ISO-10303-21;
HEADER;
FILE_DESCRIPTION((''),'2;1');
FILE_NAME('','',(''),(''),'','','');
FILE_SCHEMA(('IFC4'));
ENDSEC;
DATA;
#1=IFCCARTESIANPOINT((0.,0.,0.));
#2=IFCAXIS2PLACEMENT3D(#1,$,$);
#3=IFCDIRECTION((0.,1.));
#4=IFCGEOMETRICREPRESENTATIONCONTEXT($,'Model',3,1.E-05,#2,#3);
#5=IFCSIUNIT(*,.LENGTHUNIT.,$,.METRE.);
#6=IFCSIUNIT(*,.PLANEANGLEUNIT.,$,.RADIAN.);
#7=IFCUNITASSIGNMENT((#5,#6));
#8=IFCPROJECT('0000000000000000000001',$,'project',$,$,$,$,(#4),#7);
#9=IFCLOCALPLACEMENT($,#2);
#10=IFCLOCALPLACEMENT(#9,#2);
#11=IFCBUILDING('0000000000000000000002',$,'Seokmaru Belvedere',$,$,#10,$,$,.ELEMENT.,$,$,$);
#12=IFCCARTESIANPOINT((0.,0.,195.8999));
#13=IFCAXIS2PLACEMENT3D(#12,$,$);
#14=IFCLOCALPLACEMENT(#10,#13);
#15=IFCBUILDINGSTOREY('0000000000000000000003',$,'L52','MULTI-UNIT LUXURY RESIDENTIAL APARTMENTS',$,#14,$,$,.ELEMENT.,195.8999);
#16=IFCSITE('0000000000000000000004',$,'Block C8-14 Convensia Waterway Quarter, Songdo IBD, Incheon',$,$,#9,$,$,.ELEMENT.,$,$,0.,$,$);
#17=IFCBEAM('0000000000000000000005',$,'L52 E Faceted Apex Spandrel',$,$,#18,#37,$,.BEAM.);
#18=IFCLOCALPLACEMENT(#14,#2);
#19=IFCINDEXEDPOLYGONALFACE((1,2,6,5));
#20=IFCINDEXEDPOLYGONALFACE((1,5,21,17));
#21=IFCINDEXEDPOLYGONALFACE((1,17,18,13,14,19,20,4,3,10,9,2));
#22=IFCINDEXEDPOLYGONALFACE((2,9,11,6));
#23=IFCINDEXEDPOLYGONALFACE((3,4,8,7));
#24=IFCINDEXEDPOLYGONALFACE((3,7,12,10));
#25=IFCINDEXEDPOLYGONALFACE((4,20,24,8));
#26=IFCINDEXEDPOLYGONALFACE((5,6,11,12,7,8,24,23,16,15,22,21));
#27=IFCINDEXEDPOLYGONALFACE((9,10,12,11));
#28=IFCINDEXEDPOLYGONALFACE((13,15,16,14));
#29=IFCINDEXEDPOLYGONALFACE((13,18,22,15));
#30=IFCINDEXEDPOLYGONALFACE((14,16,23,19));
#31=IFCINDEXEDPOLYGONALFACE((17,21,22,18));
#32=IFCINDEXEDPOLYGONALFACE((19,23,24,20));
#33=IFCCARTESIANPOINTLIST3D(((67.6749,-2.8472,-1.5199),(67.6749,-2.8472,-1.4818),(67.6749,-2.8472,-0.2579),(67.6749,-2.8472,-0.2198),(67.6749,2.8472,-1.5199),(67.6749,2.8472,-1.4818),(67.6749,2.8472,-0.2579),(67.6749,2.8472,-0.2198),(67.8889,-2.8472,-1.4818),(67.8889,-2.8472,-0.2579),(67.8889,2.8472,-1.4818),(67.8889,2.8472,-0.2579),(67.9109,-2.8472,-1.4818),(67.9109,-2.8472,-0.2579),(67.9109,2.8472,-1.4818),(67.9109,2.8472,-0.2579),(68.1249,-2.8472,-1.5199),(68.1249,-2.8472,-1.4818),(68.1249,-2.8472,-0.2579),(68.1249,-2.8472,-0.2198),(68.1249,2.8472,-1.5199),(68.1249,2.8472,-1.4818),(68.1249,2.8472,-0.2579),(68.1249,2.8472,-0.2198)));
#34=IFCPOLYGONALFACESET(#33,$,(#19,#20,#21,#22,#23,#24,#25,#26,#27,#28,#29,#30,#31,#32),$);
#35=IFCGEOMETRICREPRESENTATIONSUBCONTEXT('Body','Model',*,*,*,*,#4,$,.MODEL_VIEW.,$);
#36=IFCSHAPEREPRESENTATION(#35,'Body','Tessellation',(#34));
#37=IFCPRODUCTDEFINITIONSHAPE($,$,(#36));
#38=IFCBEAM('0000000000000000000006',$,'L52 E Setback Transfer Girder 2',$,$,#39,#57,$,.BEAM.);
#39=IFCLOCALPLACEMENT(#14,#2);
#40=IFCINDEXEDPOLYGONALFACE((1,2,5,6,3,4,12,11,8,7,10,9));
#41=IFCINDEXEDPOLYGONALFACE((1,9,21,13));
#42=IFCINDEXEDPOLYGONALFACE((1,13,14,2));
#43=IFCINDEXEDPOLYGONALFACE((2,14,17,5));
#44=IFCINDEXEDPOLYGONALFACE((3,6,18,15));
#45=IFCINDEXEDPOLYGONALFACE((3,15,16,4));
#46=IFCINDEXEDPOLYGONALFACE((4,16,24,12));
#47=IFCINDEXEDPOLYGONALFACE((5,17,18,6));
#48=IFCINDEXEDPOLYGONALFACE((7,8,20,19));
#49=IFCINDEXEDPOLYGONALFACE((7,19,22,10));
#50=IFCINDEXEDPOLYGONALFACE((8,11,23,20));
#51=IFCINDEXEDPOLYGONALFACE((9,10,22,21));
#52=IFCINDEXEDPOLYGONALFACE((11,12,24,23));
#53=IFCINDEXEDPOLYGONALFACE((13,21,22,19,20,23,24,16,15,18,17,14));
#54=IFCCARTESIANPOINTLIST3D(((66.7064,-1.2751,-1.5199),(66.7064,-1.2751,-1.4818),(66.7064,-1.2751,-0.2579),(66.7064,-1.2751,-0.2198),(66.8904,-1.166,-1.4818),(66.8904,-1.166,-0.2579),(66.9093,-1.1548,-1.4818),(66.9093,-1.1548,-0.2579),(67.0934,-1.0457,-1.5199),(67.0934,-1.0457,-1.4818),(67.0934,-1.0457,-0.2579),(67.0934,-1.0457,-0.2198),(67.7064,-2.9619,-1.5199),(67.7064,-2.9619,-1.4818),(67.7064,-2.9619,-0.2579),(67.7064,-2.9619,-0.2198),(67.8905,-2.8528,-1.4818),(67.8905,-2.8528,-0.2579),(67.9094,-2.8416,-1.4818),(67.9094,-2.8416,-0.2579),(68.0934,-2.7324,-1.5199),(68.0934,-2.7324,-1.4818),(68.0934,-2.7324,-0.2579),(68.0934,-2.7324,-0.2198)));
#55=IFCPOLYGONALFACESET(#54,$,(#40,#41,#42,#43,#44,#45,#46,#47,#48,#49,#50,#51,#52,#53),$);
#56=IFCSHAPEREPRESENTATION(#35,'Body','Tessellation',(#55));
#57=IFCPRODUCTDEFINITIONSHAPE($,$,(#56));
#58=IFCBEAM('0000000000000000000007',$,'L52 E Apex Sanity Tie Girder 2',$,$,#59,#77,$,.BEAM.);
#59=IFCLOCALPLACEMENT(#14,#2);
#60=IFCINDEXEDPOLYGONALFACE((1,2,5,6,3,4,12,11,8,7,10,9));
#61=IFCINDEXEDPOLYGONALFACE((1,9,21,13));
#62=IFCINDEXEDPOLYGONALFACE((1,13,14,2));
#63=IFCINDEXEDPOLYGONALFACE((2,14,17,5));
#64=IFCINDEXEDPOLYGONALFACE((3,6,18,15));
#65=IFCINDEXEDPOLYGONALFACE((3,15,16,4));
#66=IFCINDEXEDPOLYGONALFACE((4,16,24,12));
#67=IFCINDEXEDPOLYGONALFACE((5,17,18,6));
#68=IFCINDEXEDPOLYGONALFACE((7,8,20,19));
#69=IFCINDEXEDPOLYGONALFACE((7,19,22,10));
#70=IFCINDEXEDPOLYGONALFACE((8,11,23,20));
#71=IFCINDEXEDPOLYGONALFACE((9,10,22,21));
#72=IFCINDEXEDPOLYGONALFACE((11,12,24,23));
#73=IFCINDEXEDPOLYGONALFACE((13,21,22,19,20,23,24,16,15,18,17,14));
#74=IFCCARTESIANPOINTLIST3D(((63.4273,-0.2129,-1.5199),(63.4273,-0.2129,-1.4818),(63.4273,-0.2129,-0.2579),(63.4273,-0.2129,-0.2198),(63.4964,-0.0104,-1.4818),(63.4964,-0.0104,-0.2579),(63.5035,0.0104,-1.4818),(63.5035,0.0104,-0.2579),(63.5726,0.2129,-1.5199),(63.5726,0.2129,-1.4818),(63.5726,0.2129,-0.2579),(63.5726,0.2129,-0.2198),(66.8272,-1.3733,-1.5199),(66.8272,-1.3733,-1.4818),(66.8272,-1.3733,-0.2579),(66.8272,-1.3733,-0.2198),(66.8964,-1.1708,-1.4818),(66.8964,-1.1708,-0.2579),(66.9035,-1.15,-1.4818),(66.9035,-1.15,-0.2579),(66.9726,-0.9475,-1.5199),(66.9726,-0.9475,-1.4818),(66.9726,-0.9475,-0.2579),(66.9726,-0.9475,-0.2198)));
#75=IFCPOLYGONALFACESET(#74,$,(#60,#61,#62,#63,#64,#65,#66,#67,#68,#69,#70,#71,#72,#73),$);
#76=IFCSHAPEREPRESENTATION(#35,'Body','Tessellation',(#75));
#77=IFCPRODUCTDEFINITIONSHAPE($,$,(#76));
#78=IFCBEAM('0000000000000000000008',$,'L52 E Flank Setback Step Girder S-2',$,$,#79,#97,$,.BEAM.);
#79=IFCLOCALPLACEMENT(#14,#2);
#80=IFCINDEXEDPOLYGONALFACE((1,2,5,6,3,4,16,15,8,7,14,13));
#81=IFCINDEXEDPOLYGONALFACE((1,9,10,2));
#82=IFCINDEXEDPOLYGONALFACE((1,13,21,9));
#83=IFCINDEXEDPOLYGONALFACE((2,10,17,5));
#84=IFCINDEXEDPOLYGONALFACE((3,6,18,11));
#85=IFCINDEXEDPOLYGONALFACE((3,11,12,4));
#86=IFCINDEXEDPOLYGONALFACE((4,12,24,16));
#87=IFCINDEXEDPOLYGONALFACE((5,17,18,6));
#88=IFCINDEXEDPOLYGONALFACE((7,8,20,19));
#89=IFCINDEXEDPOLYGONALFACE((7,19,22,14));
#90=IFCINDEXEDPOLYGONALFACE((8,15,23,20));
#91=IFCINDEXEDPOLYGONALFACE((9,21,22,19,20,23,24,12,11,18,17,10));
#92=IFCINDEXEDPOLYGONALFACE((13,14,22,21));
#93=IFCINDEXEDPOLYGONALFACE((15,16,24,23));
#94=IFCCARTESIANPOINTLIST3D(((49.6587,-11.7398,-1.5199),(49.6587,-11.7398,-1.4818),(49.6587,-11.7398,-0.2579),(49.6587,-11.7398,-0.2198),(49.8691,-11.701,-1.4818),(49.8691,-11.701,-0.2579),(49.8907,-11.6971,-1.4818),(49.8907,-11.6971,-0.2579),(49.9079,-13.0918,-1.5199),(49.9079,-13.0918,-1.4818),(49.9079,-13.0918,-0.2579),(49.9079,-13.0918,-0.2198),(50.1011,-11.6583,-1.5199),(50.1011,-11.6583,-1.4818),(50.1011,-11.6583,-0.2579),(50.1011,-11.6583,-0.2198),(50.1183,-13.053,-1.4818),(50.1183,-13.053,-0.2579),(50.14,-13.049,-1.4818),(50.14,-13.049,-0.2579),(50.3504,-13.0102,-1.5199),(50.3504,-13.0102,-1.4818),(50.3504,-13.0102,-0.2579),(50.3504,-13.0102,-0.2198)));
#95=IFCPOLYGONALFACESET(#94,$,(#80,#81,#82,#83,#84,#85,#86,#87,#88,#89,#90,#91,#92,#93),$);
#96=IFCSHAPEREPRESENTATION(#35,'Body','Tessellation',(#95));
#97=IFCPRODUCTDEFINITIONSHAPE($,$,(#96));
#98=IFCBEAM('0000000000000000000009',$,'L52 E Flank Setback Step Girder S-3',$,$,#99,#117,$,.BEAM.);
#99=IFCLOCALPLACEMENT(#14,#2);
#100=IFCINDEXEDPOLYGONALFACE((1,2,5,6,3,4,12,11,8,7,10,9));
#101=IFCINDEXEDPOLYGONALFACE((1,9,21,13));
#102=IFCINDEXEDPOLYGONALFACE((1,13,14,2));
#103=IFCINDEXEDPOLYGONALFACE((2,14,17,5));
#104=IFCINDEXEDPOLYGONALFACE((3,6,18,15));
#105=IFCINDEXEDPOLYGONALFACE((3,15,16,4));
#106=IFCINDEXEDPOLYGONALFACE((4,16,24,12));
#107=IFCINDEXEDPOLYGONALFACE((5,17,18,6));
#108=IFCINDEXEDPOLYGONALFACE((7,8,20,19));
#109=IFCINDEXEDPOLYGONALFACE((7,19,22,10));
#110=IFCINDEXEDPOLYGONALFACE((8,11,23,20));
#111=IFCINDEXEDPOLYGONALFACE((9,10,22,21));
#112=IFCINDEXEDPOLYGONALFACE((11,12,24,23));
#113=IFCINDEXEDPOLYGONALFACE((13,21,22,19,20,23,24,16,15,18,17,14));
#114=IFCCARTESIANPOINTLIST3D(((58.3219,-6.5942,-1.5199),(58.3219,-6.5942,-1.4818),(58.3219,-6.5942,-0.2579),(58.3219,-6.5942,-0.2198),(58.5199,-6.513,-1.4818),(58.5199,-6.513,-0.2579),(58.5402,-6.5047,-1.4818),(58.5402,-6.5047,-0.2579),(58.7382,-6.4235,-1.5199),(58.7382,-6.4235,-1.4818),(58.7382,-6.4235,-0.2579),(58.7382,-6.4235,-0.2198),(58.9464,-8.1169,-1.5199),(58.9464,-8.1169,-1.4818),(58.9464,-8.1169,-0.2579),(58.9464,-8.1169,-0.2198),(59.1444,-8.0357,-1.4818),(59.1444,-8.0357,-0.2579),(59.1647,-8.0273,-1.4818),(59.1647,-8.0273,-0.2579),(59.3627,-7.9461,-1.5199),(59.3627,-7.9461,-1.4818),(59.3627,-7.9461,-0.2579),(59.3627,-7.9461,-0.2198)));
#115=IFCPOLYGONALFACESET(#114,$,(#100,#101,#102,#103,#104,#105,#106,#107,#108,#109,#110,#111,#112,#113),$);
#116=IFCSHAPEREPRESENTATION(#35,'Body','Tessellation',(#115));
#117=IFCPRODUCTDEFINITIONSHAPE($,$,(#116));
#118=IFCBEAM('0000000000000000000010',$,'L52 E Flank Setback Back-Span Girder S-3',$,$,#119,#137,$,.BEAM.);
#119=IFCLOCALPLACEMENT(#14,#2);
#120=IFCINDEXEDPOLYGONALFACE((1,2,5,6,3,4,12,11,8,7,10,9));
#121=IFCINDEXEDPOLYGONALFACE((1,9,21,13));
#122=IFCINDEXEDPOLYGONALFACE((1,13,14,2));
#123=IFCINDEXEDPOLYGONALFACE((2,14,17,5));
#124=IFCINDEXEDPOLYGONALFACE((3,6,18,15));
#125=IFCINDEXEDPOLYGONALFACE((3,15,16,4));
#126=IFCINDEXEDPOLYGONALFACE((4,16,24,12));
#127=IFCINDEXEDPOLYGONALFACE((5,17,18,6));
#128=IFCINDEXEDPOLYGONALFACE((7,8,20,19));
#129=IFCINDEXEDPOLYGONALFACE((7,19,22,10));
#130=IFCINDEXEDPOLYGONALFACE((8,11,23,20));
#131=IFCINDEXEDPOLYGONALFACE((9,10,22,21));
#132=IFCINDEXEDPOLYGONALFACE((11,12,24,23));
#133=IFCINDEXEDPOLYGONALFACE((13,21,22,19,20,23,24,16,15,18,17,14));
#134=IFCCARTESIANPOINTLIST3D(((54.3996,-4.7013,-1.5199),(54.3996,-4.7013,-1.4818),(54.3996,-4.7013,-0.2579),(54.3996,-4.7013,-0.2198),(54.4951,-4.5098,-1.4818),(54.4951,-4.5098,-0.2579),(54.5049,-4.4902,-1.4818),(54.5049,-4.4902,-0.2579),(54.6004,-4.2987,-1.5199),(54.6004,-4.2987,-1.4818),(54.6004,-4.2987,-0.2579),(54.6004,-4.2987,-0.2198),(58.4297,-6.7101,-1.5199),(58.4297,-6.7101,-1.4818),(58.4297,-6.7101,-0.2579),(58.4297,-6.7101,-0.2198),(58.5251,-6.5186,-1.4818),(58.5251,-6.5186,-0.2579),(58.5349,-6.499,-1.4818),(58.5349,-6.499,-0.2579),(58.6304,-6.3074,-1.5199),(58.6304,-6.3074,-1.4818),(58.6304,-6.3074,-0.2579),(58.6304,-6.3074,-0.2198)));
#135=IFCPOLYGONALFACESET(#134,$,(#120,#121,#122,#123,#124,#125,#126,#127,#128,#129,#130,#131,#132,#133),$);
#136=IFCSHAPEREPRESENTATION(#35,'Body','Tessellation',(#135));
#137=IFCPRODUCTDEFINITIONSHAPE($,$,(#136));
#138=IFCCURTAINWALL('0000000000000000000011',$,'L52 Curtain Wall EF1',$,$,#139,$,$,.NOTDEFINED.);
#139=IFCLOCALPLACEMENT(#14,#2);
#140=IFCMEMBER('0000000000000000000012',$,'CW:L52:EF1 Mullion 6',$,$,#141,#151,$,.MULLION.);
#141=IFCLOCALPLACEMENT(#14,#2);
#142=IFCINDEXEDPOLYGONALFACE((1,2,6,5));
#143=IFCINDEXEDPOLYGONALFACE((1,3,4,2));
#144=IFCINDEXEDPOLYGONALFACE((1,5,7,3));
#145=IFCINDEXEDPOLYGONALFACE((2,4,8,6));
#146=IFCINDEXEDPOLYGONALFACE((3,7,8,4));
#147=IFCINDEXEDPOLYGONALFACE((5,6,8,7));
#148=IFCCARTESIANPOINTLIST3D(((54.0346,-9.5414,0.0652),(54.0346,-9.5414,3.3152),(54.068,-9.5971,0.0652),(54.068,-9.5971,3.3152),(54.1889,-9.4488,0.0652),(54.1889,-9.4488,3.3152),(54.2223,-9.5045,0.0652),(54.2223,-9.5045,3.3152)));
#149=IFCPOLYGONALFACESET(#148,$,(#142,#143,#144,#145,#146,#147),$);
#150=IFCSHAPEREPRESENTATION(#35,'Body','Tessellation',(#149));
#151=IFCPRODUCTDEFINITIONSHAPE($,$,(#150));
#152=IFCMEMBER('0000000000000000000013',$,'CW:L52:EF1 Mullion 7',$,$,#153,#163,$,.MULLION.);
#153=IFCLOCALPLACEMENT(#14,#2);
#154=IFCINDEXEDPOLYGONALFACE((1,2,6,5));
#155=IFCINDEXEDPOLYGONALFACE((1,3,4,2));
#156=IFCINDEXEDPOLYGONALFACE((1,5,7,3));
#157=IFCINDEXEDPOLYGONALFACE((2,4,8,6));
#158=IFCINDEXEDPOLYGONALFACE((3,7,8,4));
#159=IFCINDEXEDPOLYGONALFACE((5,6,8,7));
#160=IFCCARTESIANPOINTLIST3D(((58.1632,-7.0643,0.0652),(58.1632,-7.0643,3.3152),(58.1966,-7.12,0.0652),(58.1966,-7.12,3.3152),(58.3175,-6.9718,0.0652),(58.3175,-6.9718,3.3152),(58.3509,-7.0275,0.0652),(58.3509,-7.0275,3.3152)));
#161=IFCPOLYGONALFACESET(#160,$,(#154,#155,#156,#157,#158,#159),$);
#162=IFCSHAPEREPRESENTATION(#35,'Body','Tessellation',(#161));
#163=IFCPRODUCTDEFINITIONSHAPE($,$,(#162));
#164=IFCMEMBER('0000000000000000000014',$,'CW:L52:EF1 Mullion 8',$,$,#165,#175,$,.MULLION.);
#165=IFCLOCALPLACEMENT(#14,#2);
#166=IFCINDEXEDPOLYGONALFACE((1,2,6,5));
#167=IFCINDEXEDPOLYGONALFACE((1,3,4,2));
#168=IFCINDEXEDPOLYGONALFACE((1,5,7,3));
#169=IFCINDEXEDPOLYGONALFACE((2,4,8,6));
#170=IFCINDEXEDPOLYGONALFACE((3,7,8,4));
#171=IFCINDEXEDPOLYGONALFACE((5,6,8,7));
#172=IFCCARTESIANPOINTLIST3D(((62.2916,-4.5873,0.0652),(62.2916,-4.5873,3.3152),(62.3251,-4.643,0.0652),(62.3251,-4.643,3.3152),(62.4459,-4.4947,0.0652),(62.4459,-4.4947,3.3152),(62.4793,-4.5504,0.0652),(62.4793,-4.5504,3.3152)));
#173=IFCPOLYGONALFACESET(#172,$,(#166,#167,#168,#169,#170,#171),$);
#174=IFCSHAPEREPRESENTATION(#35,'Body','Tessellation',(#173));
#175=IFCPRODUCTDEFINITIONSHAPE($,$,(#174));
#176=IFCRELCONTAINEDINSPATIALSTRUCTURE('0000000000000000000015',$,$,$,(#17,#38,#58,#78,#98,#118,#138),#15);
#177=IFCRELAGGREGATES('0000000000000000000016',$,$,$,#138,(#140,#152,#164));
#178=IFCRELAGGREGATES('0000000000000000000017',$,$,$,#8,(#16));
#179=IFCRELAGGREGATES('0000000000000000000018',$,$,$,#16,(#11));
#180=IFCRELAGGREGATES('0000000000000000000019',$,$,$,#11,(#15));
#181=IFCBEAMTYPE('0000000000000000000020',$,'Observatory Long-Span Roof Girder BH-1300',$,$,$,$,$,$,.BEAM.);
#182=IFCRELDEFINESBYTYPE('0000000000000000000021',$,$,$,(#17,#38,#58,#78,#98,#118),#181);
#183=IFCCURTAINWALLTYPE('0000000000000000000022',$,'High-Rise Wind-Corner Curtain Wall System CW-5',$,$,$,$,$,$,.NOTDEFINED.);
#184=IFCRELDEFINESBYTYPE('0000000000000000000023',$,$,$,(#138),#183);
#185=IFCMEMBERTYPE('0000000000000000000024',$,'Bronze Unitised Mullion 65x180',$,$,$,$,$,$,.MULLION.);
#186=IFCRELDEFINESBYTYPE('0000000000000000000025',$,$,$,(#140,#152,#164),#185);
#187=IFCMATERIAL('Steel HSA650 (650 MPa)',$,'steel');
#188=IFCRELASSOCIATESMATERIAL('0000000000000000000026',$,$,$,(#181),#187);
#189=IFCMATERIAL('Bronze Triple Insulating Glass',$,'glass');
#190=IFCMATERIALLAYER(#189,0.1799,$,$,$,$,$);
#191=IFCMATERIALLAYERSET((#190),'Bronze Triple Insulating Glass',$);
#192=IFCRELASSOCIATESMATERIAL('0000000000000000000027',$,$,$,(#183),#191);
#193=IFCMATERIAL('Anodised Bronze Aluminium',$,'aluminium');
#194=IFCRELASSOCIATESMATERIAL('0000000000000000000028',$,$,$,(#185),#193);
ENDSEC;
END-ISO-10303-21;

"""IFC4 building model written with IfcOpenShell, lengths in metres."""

from ifc_helpers import new_model, si_unit, direction, frame, origin, origin_2d, place, context, subcontext, project, spatial, rectangle, i_section, extrude, source, transform, mapped, material, layer, layer_set, material_profile, profile_set, type_object, element, aggregate, save


model = new_model("IFC4")

# Units and contexts
model_context = context("Model", 3, precision=1e-05, world=origin(), true_north=direction((0.0, 1.0)))
body_context = subcontext(model_context, "Body", "Model", "MODEL_VIEW")
ifc_project = project(units=[si_unit("LENGTHUNIT", "METRE"), si_unit("PLANEANGLEUNIT", "RADIAN")], contexts=[model_context])

# Site, building, storey
site_placement = place(None, origin())
site = spatial("IfcSite", under=ifc_project, at=site_placement, Name="Block C8-14 Convensia Waterway Quarter, Songdo IBD, Incheon", CompositionType="ELEMENT", RefElevation=0.0)
building_placement = place(site_placement, origin())
building = spatial("IfcBuilding", under=site, at=building_placement, Name="Seokmaru Belvedere", CompositionType="ELEMENT")
storey_placement = place(building_placement, frame((0.0, 0.0, 195.8999)))
storey = spatial("IfcBuildingStorey", under=building, at=storey_placement, Name="L52", Description="MULTI-UNIT LUXURY RESIDENTIAL APARTMENTS", CompositionType="ELEMENT", Elevation=195.8999)

# Beams
ifc_material_1 = material(Name="Steel HSA650 (650 MPa)", Category="steel")
ifc_material_profile_1 = material_profile(ifc_material_1, i_section(OverallWidth=0.45, OverallDepth=1.3, WebThickness=0.022, FlangeThickness=0.0381, at=origin_2d()), Name="BH-1300x450x22x38")
ifc_profile_set_1 = profile_set([ifc_material_profile_1], Name="Steel HSA650 (650 MPa)")
beam_type_1 = type_object("IfcBeamType", Name="Observatory Long-Span Roof Girder BH-1300", PredefinedType="BEAM", material=ifc_profile_set_1)
shared_shape_1 = source(origin(), body_context, "Body", "SweptSolid", [
    extrude(i_section(OverallWidth=0.45, OverallDepth=1.3, WebThickness=0.022, FlangeThickness=0.0381, at=origin_2d()), origin(), (0.0, 0.0, 1.0), 5.6943),
])
beam_1_placement = place(storey_placement, frame((67.8999, -2.8472, -0.8699), z_axis=(0.0, 1.0, 0.0), x_axis=(-1.0, 0.0, 0.0)))
element("IfcBeam", 1, at=beam_1_placement, inside=storey, type_object=beam_type_1, Name="L52 E Faceted Apex Spandrel", PredefinedType="BEAM", context=body_context, shape_type="MappedRepresentation", body=[
    mapped(shared_shape_1, transform((0.0, 0.0, 0.0), scale=1.0)),
])
shared_shape_2 = source(origin(), body_context, "Body", "SweptSolid", [
    extrude(i_section(OverallWidth=0.45, OverallDepth=1.3, WebThickness=0.022, FlangeThickness=0.0381, at=origin_2d()), origin(), (0.0, 0.0, 1.0), 1.9609),
])
beam_2_placement = place(storey_placement, frame((67.8999, -2.8472, -0.8699), z_axis=(-0.509966, 0.860194, 0.0), x_axis=(-0.860194, -0.509966, 0.0)))
element("IfcBeam", 2, at=beam_2_placement, inside=storey, type_object=beam_type_1, Name="L52 E Setback Transfer Girder 2", PredefinedType="BEAM", context=body_context, shape_type="MappedRepresentation", body=[
    mapped(shared_shape_2, transform((0.0, 0.0, 0.0), scale=1.0)),
])
shared_shape_3 = source(origin(), body_context, "Body", "SweptSolid", [
    extrude(i_section(OverallWidth=0.45, OverallDepth=1.3, WebThickness=0.022, FlangeThickness=0.0381, at=origin_2d()), origin(), (0.0, 0.0, 1.0), 3.5925),
])
beam_3_placement = place(storey_placement, frame((66.8999, -1.1604, -0.8699), z_axis=(-0.946396, 0.323009, 0.0), x_axis=(-0.323009, -0.946396, 0.0)))
element("IfcBeam", 3, at=beam_3_placement, inside=storey, type_object=beam_type_1, Name="L52 E Apex Sanity Tie Girder 2", PredefinedType="BEAM", context=body_context, shape_type="MappedRepresentation", body=[
    mapped(shared_shape_3, transform((0.0, 0.0, 0.0), scale=1.0)),
])
shared_shape_4 = source(origin(), body_context, "Body", "SweptSolid", [
    extrude(i_section(OverallWidth=0.45, OverallDepth=1.3, WebThickness=0.022, FlangeThickness=0.0381, at=origin_2d()), origin(), (0.0, 0.0, 1.0), 1.3748),
])
beam_4_placement = place(storey_placement, frame((50.1292, -13.051, -0.8699), z_axis=(-0.181307, 0.983427, 0.0), x_axis=(-0.983427, -0.181307, 0.0)))
element("IfcBeam", 4, at=beam_4_placement, inside=storey, type_object=beam_type_1, Name="L52 E Flank Setback Step Girder S-2", PredefinedType="BEAM", context=body_context, shape_type="MappedRepresentation", body=[
    mapped(shared_shape_4, transform((0.0, 0.0, 0.0), scale=1.0)),
])
shared_shape_5 = source(origin(), body_context, "Body", "SweptSolid", [
    extrude(i_section(OverallWidth=0.45, OverallDepth=1.3, WebThickness=0.022, FlangeThickness=0.0381, at=origin_2d()), origin(), (0.0, 0.0, 1.0), 1.6458),
])
beam_5_placement = place(storey_placement, frame((59.1545, -8.0315, -0.8699), z_axis=(-0.379459, 0.925209, 0.0), x_axis=(-0.925209, -0.379459, 0.0)))
element("IfcBeam", 5, at=beam_5_placement, inside=storey, type_object=beam_type_1, Name="L52 E Flank Setback Step Girder S-3", PredefinedType="BEAM", context=body_context, shape_type="MappedRepresentation", body=[
    mapped(shared_shape_5, transform((0.0, 0.0, 0.0), scale=1.0)),
])
shared_shape_6 = source(origin(), body_context, "Body", "SweptSolid", [
    extrude(i_section(OverallWidth=0.45, OverallDepth=1.3, WebThickness=0.022, FlangeThickness=0.0381, at=origin_2d()), origin(), (0.0, 0.0, 1.0), 4.5029),
])
beam_6_placement = place(storey_placement, frame((58.53, -6.5088, -0.8699), z_axis=(-0.89498, 0.446107, 0.0), x_axis=(-0.446107, -0.89498, 0.0)))
element("IfcBeam", 6, at=beam_6_placement, inside=storey, type_object=beam_type_1, Name="L52 E Flank Setback Back-Span Girder S-3", PredefinedType="BEAM", context=body_context, shape_type="MappedRepresentation", body=[
    mapped(shared_shape_6, transform((0.0, 0.0, 0.0), scale=1.0)),
])

# Curtain wall, members
ifc_material_2 = material(Name="Bronze Triple Insulating Glass", Category="glass")
ifc_layer_1 = layer(ifc_material_2, 0.1799)
ifc_layer_set_1 = layer_set([ifc_layer_1], Name="Bronze Triple Insulating Glass")
curtain_wall_type = type_object("IfcCurtainWallType", Name="High-Rise Wind-Corner Curtain Wall System CW-5", PredefinedType="NOTDEFINED", material=ifc_layer_set_1)
curtain_wall_1_placement = place(storey_placement, origin())
curtain_wall_1 = element("IfcCurtainWall", 7, at=curtain_wall_1_placement, inside=storey, type_object=curtain_wall_type, Name="L52 Curtain Wall EF1", PredefinedType="NOTDEFINED")
ifc_material_3 = material(Name="Anodised Bronze Aluminium", Category="aluminium")
ifc_material_profile_2 = material_profile(ifc_material_3, rectangle(XDim=0.0649, YDim=0.1799, at=origin_2d()), Name="CW-M-65x180")
ifc_profile_set_2 = profile_set([ifc_material_profile_2], Name="Anodised Bronze Aluminium")
member_type_1 = type_object("IfcMemberType", Name="Bronze Unitised Mullion 65x180", PredefinedType="MULLION", material=ifc_profile_set_2)
shared_shape_7 = source(origin(), body_context, "Body", "SweptSolid", [
    extrude(rectangle(XDim=0.0649, YDim=0.1799, at=origin_2d()), origin(), (0.0, 0.0, 1.0), 3.25),
])
member_1_placement = place(storey_placement, frame((54.1284, -9.5229, 0.0652), z_axis=(0.0, 0.0, 1.0), x_axis=(-0.514495, 0.857493, 0.0)))
member_1 = element("IfcMember", 8, at=member_1_placement, type_object=member_type_1, Name="CW:L52:EF1 Mullion 6", PredefinedType="MULLION", context=body_context, shape_type="MappedRepresentation", body=[
    mapped(shared_shape_7, transform((0.0, 0.0, 0.0), scale=1.0)),
])
member_2_placement = place(storey_placement, frame((58.2571, -7.0459, 0.0652), z_axis=(0.0, 0.0, 1.0), x_axis=(-0.514495, 0.857493, 0.0)))
member_2 = element("IfcMember", 9, at=member_2_placement, type_object=member_type_1, Name="CW:L52:EF1 Mullion 7", PredefinedType="MULLION", context=body_context, shape_type="MappedRepresentation", body=[
    mapped(shared_shape_7, transform((0.0, 0.0, 0.0), scale=1.0)),
])
member_3_placement = place(storey_placement, frame((62.3855, -4.5688, 0.0652), z_axis=(0.0, 0.0, 1.0), x_axis=(-0.514495, 0.857493, 0.0)))
member_3 = element("IfcMember", 10, at=member_3_placement, type_object=member_type_1, Name="CW:L52:EF1 Mullion 8", PredefinedType="MULLION", context=body_context, shape_type="MappedRepresentation", body=[
    mapped(shared_shape_7, transform((0.0, 0.0, 0.0), scale=1.0)),
])

aggregate(curtain_wall_1, [member_1, member_2, member_3])

save(model, "model.ifc")
